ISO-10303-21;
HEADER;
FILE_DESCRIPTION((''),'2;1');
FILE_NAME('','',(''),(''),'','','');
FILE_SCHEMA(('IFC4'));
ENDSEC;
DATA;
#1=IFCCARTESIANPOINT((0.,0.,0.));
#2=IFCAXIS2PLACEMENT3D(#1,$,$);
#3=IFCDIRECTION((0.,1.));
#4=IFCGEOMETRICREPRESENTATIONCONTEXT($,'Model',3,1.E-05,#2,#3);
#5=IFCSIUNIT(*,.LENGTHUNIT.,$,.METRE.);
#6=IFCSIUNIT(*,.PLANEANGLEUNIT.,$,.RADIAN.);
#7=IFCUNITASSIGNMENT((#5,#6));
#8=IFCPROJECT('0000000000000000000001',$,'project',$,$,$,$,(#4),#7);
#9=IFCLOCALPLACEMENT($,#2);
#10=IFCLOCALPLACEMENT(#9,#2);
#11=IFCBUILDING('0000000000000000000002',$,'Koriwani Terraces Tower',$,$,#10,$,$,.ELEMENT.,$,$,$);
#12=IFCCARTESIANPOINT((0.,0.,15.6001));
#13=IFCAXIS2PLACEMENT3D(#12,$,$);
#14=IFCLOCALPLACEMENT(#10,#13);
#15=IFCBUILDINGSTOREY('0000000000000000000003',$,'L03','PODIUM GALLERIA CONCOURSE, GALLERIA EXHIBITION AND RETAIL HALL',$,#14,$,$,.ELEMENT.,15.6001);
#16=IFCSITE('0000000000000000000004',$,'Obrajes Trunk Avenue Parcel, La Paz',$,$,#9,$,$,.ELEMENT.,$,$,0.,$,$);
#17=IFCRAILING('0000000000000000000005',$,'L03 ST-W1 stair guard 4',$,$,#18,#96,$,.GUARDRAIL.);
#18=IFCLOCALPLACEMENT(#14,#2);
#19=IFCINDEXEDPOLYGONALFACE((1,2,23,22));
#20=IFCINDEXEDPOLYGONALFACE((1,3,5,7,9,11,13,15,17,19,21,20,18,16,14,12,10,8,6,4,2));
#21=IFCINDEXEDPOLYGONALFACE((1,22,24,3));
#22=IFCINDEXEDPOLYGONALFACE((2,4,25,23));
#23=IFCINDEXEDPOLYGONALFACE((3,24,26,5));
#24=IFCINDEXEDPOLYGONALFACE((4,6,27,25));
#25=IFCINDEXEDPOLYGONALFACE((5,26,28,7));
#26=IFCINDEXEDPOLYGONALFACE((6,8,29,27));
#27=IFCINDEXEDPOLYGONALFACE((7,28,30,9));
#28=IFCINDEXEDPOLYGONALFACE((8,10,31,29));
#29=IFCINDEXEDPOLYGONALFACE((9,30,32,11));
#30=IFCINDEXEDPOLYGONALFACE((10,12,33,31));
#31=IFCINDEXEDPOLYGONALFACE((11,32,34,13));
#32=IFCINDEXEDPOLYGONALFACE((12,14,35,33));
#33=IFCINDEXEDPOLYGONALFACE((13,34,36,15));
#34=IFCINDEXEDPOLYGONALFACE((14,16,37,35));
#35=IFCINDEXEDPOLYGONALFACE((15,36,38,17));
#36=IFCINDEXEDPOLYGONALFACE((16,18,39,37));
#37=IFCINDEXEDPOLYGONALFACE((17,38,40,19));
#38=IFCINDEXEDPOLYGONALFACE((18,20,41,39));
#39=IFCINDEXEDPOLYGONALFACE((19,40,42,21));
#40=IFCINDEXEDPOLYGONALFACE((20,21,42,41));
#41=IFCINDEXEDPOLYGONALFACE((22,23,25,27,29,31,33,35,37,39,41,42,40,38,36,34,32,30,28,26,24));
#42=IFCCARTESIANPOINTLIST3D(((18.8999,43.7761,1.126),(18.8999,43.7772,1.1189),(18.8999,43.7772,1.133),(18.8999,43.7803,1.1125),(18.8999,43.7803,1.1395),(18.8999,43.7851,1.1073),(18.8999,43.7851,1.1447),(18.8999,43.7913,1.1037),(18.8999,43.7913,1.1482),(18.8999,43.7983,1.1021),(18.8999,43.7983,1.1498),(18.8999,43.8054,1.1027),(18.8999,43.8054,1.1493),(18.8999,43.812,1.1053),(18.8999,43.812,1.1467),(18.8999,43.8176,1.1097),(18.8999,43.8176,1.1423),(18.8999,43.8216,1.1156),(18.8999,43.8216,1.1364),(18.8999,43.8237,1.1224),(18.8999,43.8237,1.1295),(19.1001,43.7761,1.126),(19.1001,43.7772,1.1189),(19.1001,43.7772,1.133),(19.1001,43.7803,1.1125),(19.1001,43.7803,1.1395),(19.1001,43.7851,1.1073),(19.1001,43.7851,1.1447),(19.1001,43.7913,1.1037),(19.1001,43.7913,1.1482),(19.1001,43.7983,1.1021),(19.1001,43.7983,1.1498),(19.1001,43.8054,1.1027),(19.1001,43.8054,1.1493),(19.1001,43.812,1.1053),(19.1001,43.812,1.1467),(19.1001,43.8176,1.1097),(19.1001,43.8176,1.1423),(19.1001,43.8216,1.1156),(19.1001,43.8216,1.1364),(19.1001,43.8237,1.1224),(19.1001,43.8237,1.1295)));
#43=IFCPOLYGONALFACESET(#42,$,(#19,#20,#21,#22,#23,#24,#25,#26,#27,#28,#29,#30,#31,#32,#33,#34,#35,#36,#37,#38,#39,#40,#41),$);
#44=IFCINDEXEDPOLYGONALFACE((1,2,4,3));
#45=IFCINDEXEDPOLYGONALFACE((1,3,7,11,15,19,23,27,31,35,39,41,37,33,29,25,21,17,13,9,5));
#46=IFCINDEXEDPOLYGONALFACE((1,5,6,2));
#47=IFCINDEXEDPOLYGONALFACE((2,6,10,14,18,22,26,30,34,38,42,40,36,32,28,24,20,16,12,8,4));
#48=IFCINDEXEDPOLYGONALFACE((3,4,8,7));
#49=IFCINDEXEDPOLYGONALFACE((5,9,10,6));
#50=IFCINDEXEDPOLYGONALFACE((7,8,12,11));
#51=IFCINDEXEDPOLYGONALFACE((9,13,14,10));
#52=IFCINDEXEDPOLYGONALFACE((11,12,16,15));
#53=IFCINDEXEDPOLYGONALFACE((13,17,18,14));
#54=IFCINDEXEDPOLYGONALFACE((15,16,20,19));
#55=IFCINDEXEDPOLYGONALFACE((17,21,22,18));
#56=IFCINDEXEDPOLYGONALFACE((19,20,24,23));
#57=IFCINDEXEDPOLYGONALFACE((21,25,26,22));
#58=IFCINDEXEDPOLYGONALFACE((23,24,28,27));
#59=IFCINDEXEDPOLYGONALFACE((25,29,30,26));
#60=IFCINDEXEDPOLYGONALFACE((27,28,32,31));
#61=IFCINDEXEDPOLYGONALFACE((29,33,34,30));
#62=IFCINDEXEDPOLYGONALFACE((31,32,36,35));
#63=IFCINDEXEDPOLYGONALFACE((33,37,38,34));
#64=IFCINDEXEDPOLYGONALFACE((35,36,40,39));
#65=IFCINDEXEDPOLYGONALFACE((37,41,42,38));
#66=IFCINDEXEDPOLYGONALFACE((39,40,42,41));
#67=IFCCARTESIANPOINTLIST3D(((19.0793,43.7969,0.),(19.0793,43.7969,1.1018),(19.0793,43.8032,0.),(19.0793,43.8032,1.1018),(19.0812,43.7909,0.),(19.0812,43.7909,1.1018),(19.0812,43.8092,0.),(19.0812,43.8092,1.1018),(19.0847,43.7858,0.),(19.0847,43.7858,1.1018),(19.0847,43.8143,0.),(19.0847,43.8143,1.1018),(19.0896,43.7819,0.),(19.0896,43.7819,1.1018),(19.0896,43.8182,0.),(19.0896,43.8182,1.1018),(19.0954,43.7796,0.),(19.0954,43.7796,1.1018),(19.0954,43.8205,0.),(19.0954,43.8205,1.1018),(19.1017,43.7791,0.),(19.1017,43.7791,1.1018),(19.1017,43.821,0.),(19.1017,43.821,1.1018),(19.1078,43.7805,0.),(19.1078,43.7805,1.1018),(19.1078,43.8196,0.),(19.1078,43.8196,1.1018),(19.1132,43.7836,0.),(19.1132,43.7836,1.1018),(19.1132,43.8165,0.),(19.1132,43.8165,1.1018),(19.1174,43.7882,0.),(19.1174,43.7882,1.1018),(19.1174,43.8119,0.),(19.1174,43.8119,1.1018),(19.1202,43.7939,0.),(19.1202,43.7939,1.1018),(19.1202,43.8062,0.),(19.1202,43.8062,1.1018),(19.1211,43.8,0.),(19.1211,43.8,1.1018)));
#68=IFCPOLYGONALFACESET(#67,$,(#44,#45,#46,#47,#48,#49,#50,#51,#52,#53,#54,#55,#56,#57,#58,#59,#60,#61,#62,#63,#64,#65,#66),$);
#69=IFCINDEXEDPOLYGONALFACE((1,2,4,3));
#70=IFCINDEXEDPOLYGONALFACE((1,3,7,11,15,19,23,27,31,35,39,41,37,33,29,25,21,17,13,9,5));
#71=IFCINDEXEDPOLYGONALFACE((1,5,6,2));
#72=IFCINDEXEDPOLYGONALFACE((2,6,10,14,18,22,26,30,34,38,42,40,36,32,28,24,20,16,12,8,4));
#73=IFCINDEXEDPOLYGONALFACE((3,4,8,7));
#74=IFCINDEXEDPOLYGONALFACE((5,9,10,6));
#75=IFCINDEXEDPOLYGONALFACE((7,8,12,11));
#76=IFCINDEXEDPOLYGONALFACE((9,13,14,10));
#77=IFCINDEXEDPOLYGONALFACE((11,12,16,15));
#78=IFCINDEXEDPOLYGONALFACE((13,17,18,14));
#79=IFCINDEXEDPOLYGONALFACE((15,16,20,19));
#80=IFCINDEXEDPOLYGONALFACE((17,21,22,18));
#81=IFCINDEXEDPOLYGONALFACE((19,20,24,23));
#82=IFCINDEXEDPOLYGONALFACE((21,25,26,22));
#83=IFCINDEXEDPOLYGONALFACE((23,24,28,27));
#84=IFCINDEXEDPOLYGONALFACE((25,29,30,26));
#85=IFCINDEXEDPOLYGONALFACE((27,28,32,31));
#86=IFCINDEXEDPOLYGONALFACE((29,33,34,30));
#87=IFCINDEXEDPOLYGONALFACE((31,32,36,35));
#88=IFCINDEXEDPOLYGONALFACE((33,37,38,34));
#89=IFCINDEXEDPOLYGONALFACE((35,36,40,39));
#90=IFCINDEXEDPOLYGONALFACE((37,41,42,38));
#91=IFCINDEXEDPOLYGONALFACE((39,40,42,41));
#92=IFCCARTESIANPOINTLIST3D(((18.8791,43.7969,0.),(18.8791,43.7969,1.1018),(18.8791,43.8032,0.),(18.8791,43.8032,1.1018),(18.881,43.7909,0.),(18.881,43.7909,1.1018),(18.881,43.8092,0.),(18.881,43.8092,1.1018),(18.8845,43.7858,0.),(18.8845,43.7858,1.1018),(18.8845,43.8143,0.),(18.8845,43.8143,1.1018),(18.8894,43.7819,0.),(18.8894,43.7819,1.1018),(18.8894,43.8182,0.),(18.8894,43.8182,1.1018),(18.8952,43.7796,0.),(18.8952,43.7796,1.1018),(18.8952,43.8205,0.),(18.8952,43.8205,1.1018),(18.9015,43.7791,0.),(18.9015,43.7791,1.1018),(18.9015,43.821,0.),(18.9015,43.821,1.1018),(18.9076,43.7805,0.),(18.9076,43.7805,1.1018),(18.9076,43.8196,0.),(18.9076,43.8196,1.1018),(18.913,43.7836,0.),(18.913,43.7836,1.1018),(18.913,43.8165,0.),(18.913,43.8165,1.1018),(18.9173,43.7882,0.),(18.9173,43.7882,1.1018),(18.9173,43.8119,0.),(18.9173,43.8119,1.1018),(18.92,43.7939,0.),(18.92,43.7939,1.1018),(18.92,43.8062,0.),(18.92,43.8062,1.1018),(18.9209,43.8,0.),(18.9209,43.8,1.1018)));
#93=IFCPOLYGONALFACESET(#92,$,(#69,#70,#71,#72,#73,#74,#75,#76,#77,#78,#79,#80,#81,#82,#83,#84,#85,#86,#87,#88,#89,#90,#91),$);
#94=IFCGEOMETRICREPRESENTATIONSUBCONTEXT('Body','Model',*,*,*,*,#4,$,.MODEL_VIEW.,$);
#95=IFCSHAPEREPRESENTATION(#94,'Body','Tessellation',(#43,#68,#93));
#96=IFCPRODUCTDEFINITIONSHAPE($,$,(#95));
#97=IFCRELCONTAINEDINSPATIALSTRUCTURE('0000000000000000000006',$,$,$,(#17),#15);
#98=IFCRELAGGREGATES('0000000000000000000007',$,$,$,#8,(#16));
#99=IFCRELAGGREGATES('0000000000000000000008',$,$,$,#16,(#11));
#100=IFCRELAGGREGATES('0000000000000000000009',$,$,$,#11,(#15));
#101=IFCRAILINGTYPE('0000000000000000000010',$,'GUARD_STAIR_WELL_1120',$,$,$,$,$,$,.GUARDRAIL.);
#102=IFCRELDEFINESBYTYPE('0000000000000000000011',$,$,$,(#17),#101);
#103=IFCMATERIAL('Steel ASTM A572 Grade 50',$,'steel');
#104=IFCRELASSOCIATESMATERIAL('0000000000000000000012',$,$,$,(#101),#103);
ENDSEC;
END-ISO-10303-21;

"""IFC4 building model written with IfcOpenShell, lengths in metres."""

from ifc_helpers import new_model, si_unit, direction, frame, origin, origin_2d, place, context, subcontext, project, spatial, circle, extrude, material, type_object, element, save


model = new_model("IFC4")

# Units and contexts
model_context = context("Model", 3, precision=1e-05, world=origin(), true_north=direction((0.0, 1.0)))
body_context = subcontext(model_context, "Body", "Model", "MODEL_VIEW")
ifc_project = project(units=[si_unit("LENGTHUNIT", "METRE"), si_unit("PLANEANGLEUNIT", "RADIAN")], contexts=[model_context])

# Site, building, storey
site_placement = place(None, origin())
site = spatial("IfcSite", under=ifc_project, at=site_placement, Name="Obrajes Trunk Avenue Parcel, La Paz", CompositionType="ELEMENT", RefElevation=0.0)
building_placement = place(site_placement, origin())
building = spatial("IfcBuilding", under=site, at=building_placement, Name="Koriwani Terraces Tower", CompositionType="ELEMENT")
storey_placement = place(building_placement, frame((0.0, 0.0, 15.6001)))
storey = spatial("IfcBuildingStorey", under=building, at=storey_placement, Name="L03", Description="PODIUM GALLERIA CONCOURSE, GALLERIA EXHIBITION AND RETAIL HALL", CompositionType="ELEMENT", Elevation=15.6001)

# Shared definitions
ifc_material_1 = material(Name="Steel ASTM A572 Grade 50", Category="steel")

# Railing
railing_type_1 = type_object("IfcRailingType", Name="GUARD_STAIR_WELL_1120", PredefinedType="GUARDRAIL", material=ifc_material_1)
railing_1_placement = place(storey_placement, frame((19.1001, 43.8, 0.0)))
element("IfcRailing", 1, at=railing_1_placement, inside=storey, type_object=railing_type_1, Name="L03 ST-W1 stair guard 4", PredefinedType="GUARDRAIL", context=body_context, shape_type="SweptSolid", body=[
    extrude(circle(Radius=0.0239, at=origin_2d()), frame((0.0, 0.0, 1.126), z_axis=(-1.0, 0.0, 0.0), x_axis=(0.0, -1.0, 0.0)), (0.0, 0.0, 1.0), 0.2002),
    extrude(circle(Radius=0.021, at=origin_2d()), origin(), (0.0, 0.0, 1.0), 1.1018),
    extrude(circle(Radius=0.021, at=origin_2d()), frame((-0.2002, 0.0, 0.0)), (0.0, 0.0, 1.0), 1.1018),
])

save(model, "model.ifc")
